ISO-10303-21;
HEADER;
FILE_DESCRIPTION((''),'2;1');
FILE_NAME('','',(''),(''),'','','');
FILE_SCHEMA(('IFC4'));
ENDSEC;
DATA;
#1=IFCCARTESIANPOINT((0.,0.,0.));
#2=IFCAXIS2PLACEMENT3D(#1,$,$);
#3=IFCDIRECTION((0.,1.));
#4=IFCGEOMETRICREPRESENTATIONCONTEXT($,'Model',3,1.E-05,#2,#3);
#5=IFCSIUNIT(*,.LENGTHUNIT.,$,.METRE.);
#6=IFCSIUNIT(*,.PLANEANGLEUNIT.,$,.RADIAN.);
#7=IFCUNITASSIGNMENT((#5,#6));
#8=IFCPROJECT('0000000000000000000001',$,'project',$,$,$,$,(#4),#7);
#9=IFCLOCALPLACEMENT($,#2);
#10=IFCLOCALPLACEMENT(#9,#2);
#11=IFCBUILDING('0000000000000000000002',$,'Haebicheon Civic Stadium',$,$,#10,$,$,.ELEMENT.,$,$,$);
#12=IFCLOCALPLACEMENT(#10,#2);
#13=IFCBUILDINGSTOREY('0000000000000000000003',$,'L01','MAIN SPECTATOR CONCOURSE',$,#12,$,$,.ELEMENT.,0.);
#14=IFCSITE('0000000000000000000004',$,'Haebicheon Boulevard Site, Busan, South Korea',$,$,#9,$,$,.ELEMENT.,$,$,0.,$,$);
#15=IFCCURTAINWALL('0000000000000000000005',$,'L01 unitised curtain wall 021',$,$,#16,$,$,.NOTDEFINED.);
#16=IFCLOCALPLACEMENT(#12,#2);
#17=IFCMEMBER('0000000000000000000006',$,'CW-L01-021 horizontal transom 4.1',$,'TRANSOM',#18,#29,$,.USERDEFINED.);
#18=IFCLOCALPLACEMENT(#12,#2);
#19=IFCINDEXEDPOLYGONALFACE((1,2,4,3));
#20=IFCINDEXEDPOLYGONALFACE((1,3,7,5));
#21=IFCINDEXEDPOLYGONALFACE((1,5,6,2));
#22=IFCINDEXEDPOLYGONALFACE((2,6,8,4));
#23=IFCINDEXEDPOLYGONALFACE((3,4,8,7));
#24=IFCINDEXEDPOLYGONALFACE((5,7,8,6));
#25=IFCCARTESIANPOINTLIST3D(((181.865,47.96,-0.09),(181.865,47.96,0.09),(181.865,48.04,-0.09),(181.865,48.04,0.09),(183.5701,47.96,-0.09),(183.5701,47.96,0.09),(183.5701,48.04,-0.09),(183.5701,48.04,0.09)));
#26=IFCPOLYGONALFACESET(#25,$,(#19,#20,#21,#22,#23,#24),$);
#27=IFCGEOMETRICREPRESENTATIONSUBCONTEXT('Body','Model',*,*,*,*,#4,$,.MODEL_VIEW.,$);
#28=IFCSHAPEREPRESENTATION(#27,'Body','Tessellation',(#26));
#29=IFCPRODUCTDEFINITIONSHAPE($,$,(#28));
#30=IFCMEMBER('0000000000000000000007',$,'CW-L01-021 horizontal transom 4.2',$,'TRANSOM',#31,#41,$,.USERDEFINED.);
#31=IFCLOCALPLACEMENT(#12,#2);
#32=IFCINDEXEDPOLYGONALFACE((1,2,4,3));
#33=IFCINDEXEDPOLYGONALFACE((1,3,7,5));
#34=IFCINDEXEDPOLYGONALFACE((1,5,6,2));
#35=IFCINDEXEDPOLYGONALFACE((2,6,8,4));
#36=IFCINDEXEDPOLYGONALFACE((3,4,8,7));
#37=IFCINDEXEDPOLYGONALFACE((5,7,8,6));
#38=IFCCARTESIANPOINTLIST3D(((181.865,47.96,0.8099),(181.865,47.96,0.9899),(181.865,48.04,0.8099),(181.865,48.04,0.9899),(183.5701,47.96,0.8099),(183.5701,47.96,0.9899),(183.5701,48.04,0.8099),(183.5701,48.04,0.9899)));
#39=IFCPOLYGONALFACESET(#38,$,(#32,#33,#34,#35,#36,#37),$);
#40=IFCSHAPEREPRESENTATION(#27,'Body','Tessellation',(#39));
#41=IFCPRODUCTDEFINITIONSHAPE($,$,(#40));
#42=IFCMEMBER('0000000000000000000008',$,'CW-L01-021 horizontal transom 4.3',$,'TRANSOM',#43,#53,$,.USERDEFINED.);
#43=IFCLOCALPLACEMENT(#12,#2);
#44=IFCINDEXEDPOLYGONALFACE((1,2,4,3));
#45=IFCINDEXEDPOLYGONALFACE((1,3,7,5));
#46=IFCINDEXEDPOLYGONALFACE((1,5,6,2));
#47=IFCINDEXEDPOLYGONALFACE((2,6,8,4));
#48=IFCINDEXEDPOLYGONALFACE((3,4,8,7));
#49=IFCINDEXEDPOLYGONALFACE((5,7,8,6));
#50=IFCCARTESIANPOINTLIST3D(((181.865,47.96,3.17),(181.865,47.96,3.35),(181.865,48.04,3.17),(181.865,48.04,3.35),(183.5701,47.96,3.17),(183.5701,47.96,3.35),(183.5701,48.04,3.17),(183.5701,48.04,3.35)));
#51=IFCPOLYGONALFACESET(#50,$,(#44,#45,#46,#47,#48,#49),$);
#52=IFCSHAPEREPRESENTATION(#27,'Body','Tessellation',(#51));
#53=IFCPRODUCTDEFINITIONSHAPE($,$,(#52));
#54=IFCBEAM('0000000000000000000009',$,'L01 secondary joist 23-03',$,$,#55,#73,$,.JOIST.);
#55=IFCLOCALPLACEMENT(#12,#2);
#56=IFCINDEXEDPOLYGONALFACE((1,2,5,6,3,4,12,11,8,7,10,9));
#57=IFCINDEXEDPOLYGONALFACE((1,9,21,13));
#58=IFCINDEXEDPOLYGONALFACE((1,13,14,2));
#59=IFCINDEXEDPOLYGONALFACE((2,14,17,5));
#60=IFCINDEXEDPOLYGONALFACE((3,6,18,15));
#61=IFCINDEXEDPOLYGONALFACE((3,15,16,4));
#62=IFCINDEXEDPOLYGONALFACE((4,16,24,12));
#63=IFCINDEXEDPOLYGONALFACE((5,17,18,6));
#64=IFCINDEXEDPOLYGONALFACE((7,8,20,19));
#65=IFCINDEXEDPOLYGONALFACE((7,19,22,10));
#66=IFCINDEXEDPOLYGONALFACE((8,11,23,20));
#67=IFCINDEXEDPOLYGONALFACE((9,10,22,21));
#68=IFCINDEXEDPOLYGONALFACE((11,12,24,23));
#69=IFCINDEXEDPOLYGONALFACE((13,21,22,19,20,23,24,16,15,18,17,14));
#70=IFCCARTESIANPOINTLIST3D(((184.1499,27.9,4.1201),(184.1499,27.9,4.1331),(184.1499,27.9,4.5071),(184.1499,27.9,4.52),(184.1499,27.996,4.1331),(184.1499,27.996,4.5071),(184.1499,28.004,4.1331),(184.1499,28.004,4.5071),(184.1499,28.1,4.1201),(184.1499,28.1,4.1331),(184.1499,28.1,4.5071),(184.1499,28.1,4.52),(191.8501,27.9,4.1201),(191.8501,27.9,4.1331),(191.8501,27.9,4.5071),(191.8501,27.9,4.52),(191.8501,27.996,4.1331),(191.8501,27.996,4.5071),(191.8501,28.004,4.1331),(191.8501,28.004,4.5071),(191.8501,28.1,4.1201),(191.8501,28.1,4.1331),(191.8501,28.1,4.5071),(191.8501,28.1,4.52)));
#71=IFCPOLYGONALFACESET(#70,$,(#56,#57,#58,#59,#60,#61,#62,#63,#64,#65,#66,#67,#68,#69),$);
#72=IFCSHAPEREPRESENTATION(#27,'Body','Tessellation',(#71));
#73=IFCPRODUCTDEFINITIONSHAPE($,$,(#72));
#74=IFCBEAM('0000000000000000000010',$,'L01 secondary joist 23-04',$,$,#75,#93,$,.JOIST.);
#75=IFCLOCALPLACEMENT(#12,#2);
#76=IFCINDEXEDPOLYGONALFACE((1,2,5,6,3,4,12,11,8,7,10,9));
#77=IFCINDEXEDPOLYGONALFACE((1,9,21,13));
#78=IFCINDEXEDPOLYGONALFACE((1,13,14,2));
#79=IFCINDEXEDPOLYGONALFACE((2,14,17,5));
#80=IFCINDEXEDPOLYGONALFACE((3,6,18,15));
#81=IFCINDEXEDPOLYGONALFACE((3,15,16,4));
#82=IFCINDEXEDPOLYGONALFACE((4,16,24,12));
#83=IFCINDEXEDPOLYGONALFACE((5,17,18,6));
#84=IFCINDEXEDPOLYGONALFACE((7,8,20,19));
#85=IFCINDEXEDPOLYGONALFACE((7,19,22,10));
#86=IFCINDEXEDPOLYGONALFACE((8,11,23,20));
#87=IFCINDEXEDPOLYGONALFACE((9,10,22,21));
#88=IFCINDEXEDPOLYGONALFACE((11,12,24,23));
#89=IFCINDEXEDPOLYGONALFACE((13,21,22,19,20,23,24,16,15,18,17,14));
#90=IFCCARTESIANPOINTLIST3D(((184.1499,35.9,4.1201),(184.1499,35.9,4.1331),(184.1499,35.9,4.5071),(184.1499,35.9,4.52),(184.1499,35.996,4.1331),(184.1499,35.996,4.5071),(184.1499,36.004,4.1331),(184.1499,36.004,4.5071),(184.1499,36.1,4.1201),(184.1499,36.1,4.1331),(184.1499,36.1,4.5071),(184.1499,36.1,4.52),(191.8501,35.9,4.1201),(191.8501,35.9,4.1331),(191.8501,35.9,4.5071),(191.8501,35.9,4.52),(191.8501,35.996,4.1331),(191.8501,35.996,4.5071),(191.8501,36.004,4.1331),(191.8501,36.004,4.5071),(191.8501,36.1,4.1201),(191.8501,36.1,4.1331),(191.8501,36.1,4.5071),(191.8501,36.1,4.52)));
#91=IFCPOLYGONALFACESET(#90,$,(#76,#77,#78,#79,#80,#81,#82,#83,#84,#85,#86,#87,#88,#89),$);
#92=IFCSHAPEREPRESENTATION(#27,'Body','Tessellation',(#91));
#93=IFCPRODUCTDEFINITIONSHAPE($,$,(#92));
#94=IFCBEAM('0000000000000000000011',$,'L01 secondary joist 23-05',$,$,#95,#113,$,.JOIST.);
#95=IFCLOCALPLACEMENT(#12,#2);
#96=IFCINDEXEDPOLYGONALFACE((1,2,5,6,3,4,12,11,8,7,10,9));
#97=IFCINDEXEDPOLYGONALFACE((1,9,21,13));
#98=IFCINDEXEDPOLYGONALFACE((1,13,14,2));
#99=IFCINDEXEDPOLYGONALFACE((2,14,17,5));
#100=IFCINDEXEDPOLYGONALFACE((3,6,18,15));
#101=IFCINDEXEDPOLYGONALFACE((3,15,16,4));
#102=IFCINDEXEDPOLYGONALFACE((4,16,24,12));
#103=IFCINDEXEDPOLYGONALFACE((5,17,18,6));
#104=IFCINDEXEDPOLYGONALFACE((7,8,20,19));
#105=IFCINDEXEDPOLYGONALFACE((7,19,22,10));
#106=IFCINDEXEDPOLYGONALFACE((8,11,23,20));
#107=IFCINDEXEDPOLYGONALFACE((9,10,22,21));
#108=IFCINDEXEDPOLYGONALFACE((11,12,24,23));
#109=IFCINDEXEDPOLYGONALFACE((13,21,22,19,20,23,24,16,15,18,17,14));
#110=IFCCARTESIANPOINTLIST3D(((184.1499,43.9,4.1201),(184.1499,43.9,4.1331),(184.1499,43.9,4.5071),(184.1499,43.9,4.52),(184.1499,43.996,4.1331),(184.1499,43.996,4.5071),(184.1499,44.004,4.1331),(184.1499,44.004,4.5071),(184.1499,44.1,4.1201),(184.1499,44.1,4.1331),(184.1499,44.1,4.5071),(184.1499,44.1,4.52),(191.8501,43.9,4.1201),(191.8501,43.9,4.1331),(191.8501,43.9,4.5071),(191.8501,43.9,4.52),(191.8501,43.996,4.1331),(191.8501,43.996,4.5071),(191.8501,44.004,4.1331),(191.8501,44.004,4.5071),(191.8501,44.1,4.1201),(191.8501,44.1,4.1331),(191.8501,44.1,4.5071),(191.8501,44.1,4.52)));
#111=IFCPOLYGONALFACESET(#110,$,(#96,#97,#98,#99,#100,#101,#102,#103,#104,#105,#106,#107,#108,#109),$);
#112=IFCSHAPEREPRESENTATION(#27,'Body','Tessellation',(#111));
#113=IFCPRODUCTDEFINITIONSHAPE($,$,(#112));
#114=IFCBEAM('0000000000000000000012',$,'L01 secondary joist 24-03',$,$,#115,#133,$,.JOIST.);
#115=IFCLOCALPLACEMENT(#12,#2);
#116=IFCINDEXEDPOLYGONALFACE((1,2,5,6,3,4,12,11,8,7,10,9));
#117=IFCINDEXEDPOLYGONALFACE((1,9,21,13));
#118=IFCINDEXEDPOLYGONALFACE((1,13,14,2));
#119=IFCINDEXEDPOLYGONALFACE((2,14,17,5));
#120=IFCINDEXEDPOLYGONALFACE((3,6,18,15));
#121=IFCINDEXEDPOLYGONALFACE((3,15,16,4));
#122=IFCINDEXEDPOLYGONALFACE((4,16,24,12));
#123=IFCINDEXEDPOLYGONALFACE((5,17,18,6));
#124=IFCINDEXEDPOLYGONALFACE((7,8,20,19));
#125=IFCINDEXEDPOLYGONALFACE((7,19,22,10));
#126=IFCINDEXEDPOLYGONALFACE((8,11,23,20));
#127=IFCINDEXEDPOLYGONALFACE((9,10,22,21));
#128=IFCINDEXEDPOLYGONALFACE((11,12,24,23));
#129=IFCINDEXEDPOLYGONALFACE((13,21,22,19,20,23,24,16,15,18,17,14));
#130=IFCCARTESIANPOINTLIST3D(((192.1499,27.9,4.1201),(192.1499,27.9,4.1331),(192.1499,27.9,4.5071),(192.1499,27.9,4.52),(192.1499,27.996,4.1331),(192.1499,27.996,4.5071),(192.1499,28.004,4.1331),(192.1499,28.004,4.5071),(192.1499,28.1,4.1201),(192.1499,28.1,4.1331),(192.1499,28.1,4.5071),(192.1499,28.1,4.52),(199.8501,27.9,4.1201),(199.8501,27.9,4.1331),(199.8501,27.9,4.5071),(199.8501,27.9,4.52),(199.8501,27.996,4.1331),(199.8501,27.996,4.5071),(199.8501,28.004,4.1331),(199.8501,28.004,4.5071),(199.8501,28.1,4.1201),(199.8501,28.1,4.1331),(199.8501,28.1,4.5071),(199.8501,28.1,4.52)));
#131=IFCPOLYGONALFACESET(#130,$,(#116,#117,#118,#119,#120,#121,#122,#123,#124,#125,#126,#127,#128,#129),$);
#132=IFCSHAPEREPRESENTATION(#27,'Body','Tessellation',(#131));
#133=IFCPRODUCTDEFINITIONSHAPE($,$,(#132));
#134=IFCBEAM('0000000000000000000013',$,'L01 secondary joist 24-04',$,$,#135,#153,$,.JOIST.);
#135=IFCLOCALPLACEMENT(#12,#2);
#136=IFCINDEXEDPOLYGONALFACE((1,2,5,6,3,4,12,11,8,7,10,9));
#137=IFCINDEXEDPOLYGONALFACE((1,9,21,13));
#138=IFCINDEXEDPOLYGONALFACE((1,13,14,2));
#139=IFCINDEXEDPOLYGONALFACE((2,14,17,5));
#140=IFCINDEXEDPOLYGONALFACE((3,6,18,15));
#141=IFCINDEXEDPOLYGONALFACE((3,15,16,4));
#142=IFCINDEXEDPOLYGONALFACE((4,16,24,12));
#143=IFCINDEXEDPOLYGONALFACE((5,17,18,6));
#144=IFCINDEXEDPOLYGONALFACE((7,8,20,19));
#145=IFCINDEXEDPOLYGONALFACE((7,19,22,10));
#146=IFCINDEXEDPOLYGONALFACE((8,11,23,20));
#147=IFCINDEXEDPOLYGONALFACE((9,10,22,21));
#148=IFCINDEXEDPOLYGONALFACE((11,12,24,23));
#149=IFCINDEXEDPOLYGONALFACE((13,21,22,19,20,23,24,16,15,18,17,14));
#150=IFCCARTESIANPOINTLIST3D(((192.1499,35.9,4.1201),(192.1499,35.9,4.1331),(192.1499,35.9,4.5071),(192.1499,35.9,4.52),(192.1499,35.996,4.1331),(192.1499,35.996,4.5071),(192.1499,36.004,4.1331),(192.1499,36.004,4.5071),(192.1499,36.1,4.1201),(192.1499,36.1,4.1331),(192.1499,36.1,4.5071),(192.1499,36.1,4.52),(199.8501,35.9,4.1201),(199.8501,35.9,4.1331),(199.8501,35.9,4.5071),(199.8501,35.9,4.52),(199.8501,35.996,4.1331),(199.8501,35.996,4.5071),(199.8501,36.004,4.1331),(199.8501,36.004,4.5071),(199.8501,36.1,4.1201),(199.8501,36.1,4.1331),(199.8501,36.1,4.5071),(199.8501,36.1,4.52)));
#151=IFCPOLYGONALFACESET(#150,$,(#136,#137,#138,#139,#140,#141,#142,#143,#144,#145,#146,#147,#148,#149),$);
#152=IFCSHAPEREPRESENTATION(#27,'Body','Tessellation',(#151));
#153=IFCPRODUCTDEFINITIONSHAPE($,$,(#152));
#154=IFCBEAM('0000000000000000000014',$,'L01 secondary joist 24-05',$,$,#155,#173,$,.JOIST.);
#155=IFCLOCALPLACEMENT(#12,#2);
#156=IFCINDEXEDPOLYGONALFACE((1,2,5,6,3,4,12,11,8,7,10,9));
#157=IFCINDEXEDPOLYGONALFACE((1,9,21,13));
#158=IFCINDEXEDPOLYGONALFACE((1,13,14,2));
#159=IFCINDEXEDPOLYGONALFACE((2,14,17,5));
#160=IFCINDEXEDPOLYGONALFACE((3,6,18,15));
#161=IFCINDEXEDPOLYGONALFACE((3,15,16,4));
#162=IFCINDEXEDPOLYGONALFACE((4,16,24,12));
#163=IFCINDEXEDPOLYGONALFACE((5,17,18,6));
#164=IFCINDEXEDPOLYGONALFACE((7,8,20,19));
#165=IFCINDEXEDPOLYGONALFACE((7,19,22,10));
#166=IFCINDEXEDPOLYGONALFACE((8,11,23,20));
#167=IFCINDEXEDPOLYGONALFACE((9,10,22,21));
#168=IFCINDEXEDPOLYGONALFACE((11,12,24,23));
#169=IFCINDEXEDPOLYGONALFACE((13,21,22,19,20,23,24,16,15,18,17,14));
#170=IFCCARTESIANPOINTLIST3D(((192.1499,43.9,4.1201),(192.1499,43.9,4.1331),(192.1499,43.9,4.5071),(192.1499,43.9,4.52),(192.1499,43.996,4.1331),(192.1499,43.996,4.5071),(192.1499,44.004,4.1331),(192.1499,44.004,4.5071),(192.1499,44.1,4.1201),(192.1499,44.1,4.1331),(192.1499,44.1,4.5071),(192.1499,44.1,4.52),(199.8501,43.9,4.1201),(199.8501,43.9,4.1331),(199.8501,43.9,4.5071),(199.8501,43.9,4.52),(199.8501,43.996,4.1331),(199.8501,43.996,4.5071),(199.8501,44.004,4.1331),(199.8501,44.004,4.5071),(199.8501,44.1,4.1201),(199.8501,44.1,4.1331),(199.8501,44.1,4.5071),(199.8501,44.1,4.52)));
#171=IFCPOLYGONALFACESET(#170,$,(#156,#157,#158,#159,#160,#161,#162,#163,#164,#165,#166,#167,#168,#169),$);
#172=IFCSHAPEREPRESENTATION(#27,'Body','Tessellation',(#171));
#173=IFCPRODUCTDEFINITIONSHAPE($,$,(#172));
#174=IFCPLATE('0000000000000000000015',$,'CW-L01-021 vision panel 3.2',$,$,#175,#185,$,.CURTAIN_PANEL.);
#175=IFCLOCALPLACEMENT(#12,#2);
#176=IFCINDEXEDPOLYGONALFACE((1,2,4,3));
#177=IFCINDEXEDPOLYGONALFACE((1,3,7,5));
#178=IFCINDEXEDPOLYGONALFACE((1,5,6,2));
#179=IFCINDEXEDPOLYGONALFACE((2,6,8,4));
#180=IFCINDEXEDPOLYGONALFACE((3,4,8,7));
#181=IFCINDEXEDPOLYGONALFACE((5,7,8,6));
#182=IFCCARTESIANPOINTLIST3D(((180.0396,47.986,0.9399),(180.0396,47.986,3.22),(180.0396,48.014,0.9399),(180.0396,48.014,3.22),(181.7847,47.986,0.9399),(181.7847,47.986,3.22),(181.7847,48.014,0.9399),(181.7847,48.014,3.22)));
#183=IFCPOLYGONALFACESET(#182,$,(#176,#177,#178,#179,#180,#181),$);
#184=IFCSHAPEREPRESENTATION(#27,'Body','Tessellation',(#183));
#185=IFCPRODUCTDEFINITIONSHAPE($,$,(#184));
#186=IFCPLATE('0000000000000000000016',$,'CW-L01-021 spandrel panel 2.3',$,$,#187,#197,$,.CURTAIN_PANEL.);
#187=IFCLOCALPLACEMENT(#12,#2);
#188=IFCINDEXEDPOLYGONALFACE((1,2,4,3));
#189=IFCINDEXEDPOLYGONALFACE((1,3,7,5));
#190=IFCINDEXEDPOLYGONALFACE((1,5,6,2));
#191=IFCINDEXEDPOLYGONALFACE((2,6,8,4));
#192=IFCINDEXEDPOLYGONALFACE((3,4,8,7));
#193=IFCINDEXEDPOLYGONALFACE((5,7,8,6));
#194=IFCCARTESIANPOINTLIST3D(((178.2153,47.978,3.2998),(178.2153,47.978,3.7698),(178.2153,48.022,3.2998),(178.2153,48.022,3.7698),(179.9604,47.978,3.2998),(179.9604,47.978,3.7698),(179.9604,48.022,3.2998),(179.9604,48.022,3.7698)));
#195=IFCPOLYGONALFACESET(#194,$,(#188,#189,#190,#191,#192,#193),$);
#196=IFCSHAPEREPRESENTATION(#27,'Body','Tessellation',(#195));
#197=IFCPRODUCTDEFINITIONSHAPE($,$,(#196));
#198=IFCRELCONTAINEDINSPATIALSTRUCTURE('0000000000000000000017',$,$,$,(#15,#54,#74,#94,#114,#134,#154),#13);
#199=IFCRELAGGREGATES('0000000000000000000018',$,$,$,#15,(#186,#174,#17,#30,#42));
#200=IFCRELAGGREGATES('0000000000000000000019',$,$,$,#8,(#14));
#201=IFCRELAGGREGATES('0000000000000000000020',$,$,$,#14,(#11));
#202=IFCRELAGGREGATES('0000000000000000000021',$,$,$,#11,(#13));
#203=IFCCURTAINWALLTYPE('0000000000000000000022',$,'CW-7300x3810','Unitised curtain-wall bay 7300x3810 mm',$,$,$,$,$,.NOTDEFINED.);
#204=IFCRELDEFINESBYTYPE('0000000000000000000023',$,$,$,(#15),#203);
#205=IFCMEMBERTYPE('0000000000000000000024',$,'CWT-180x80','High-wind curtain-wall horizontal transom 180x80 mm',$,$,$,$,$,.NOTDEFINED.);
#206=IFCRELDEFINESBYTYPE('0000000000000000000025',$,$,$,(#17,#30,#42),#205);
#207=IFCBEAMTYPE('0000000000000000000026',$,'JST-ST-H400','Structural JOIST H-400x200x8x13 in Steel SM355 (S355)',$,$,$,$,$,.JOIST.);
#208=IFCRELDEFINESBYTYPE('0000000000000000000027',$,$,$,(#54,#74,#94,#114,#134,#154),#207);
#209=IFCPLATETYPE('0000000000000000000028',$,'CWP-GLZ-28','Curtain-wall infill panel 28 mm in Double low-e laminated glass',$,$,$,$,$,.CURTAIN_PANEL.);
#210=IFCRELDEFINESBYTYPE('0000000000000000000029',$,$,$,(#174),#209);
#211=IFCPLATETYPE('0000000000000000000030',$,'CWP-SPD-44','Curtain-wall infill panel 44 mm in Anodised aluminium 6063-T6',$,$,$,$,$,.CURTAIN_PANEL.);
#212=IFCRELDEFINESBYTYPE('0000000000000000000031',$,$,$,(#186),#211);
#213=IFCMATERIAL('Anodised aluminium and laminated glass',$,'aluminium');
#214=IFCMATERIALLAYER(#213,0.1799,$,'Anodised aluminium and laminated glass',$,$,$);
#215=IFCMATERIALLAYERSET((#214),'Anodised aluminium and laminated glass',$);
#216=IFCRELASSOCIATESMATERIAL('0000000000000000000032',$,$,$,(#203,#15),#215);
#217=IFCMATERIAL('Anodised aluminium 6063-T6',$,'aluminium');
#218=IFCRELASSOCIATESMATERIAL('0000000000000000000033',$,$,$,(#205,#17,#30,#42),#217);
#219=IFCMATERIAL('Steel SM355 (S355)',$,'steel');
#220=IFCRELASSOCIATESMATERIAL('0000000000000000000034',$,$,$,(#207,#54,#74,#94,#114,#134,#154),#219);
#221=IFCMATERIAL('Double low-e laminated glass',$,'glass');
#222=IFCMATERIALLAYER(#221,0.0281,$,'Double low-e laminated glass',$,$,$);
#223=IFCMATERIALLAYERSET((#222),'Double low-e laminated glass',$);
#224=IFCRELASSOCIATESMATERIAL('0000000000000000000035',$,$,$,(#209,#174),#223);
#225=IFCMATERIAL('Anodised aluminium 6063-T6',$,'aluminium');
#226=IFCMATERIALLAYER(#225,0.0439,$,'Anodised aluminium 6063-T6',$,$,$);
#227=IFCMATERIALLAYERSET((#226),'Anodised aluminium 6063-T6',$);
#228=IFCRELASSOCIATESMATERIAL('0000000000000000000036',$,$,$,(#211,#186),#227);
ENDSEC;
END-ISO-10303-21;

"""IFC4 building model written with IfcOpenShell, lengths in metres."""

from ifc_helpers import new_model, si_unit, direction, frame, origin, origin_2d, place, context, subcontext, project, spatial, rectangle, i_section, extrude, material, layer, layer_set, material_profile, profile_set, type_object, element, aggregate, save


model = new_model("IFC4")

# Units and contexts
model_context = context("Model", 3, precision=1e-05, world=origin(), true_north=direction((0.0, 1.0)))
body_context = subcontext(model_context, "Body", "Model", "MODEL_VIEW")
ifc_project = project(units=[si_unit("LENGTHUNIT", "METRE"), si_unit("PLANEANGLEUNIT", "RADIAN")], contexts=[model_context])

# Site, building, storey
site_placement = place(None, origin())
site = spatial("IfcSite", under=ifc_project, at=site_placement, Name="Haebicheon Boulevard Site, Busan, South Korea", CompositionType="ELEMENT", RefElevation=0.0)
building_placement = place(site_placement, origin())
building = spatial("IfcBuilding", under=site, at=building_placement, Name="Haebicheon Civic Stadium", CompositionType="ELEMENT")
storey_placement = place(building_placement, origin())
storey = spatial("IfcBuildingStorey", under=building, at=storey_placement, Name="L01", Description="MAIN SPECTATOR CONCOURSE", CompositionType="ELEMENT", Elevation=0.0)

# Curtain wall, members
ifc_material_1 = material(Name="Anodised aluminium and laminated glass", Category="aluminium")
ifc_layer_1 = layer(ifc_material_1, 0.1799, Name="Anodised aluminium and laminated glass")
ifc_layer_set_1 = layer_set([ifc_layer_1], Name="Anodised aluminium and laminated glass")
curtain_wall_type = type_object("IfcCurtainWallType", Name="CW-7300x3810", Description="Unitised curtain-wall bay 7300x3810 mm", PredefinedType="NOTDEFINED", material=ifc_layer_set_1)
curtain_wall_placement = place(storey_placement, origin())
curtain_wall = element("IfcCurtainWall", 1, at=curtain_wall_placement, inside=storey, type_object=curtain_wall_type, material=ifc_layer_set_1, Name="L01 unitised curtain wall 021", PredefinedType="NOTDEFINED")
ifc_material_2 = material(Name="Anodised aluminium 6063-T6", Category="aluminium")
ifc_material_profile_1 = material_profile(ifc_material_2, rectangle(XDim=0.0801, YDim=0.1799, at=origin_2d()), Name="ALU-TRAN-80x180")
ifc_profile_set_1 = profile_set([ifc_material_profile_1], Name="Anodised aluminium 6063-T6")
member_type_1 = type_object("IfcMemberType", Name="CWT-180x80", Description="High-wind curtain-wall horizontal transom 180x80 mm", PredefinedType="NOTDEFINED", material=ifc_profile_set_1)
member_1_placement = place(storey_placement, frame((181.865, 48.0, 0.0), z_axis=(1.0, 0.0, 0.0), x_axis=(0.0, 1.0, 0.0)))
member_1 = element("IfcMember", 2, at=member_1_placement, type_object=member_type_1, material=ifc_profile_set_1, Name="CW-L01-021 horizontal transom 4.1", ObjectType="TRANSOM", PredefinedType="USERDEFINED", context=body_context, shape_type="SweptSolid", body=[
    extrude(rectangle(XDim=0.0801, YDim=0.1799, at=origin_2d()), origin(), (0.0, 0.0, 1.0), 1.7051),
])
member_2_placement = place(storey_placement, frame((181.865, 48.0, 0.8999), z_axis=(1.0, 0.0, 0.0), x_axis=(0.0, 1.0, 0.0)))
member_2 = element("IfcMember", 3, at=member_2_placement, type_object=member_type_1, material=ifc_profile_set_1, Name="CW-L01-021 horizontal transom 4.2", ObjectType="TRANSOM", PredefinedType="USERDEFINED", context=body_context, shape_type="SweptSolid", body=[
    extrude(rectangle(XDim=0.0801, YDim=0.1799, at=origin_2d()), origin(), (0.0, 0.0, 1.0), 1.7051),
])
member_3_placement = place(storey_placement, frame((181.865, 48.0, 3.26), z_axis=(1.0, 0.0, 0.0), x_axis=(0.0, 1.0, 0.0)))
member_3 = element("IfcMember", 4, at=member_3_placement, type_object=member_type_1, material=ifc_profile_set_1, Name="CW-L01-021 horizontal transom 4.3", ObjectType="TRANSOM", PredefinedType="USERDEFINED", context=body_context, shape_type="SweptSolid", body=[
    extrude(rectangle(XDim=0.0801, YDim=0.1799, at=origin_2d()), origin(), (0.0, 0.0, 1.0), 1.7051),
])

# Beams
ifc_material_3 = material(Name="Steel SM355 (S355)", Category="steel")
ifc_material_profile_2 = material_profile(ifc_material_3, i_section(OverallWidth=0.2, OverallDepth=0.3999, WebThickness=0.0081, FlangeThickness=0.0129, at=origin_2d()), Name="H-400x200x8x13")
ifc_profile_set_2 = profile_set([ifc_material_profile_2], Name="Steel SM355 (S355)")
beam_type_1 = type_object("IfcBeamType", Name="JST-ST-H400", Description="Structural JOIST H-400x200x8x13 in Steel SM355 (S355)", PredefinedType="JOIST", material=ifc_profile_set_2)
for number, where, z_axis, x_axis, name in (
    (5, (184.1499, 28.0, 4.3201), (1.0, 0.0, 0.0), (0.0, 1.0, 0.0), "L01 secondary joist 23-03"),
    (6, (184.1499, 36.0, 4.3201), (1.0, 0.0, 0.0), (0.0, 1.0, 0.0), "L01 secondary joist 23-04"),
    (7, (184.1499, 44.0, 4.3201), (1.0, 0.0, 0.0), (0.0, 1.0, 0.0), "L01 secondary joist 23-05"),
    (8, (192.1499, 28.0, 4.3201), (1.0, 0.0, 0.0), (0.0, 1.0, 0.0), "L01 secondary joist 24-03"),
    (9, (192.1499, 36.0, 4.3201), (1.0, 0.0, 0.0), (0.0, 1.0, 0.0), "L01 secondary joist 24-04"),
    (10, (192.1499, 44.0, 4.3201), (1.0, 0.0, 0.0), (0.0, 1.0, 0.0), "L01 secondary joist 24-05"),
):
    element("IfcBeam", number, at=place(storey_placement, frame(where, z_axis=z_axis, x_axis=x_axis)), inside=storey, type_object=beam_type_1, material=ifc_profile_set_2, Name=name, PredefinedType="JOIST", context=body_context, shape_type="SweptSolid", body=[
        extrude(i_section(OverallWidth=0.2, OverallDepth=0.3999, WebThickness=0.0081, FlangeThickness=0.0129, at=origin_2d()), origin(), (0.0, 0.0, 1.0), 7.7002),
    ])

# Plates
ifc_material_4 = material(Name="Double low-e laminated glass", Category="glass")
ifc_layer_2 = layer(ifc_material_4, 0.0281, Name="Double low-e laminated glass")
ifc_layer_set_2 = layer_set([ifc_layer_2], Name="Double low-e laminated glass")
plate_type_1 = type_object("IfcPlateType", Name="CWP-GLZ-28", Description="Curtain-wall infill panel 28 mm in Double low-e laminated glass", PredefinedType="CURTAIN_PANEL", material=ifc_layer_set_2)
plate_1_placement = place(storey_placement, frame((180.9121, 48.0, 0.9399), z_axis=(0.0, 0.0, 1.0), x_axis=(1.0, 0.0, 0.0)))
plate_1 = element("IfcPlate", 11, at=plate_1_placement, type_object=plate_type_1, material=ifc_layer_set_2, Name="CW-L01-021 vision panel 3.2", PredefinedType="CURTAIN_PANEL", context=body_context, shape_type="SweptSolid", body=[
    extrude(rectangle(XDim=1.7451, YDim=0.0281, at=origin_2d()), origin(), (0.0, 0.0, 1.0), 2.28),
])
ifc_material_5 = material(Name="Anodised aluminium 6063-T6", Category="aluminium")
ifc_layer_3 = layer(ifc_material_5, 0.0439, Name="Anodised aluminium 6063-T6")
ifc_layer_set_3 = layer_set([ifc_layer_3], Name="Anodised aluminium 6063-T6")
plate_type_2 = type_object("IfcPlateType", Name="CWP-SPD-44", Description="Curtain-wall infill panel 44 mm in Anodised aluminium 6063-T6", PredefinedType="CURTAIN_PANEL", material=ifc_layer_set_3)
plate_2_placement = place(storey_placement, frame((179.0879, 48.0, 3.2998), z_axis=(0.0, 0.0, 1.0), x_axis=(1.0, 0.0, 0.0)))
plate_2 = element("IfcPlate", 12, at=plate_2_placement, type_object=plate_type_2, material=ifc_layer_set_3, Name="CW-L01-021 spandrel panel 2.3", PredefinedType="CURTAIN_PANEL", context=body_context, shape_type="SweptSolid", body=[
    extrude(rectangle(XDim=1.7451, YDim=0.0439, at=origin_2d()), origin(), (0.0, 0.0, 1.0), 0.47),
])
aggregate(curtain_wall, [plate_2, plate_1, member_1, member_2, member_3])

save(model, "model.ifc")
